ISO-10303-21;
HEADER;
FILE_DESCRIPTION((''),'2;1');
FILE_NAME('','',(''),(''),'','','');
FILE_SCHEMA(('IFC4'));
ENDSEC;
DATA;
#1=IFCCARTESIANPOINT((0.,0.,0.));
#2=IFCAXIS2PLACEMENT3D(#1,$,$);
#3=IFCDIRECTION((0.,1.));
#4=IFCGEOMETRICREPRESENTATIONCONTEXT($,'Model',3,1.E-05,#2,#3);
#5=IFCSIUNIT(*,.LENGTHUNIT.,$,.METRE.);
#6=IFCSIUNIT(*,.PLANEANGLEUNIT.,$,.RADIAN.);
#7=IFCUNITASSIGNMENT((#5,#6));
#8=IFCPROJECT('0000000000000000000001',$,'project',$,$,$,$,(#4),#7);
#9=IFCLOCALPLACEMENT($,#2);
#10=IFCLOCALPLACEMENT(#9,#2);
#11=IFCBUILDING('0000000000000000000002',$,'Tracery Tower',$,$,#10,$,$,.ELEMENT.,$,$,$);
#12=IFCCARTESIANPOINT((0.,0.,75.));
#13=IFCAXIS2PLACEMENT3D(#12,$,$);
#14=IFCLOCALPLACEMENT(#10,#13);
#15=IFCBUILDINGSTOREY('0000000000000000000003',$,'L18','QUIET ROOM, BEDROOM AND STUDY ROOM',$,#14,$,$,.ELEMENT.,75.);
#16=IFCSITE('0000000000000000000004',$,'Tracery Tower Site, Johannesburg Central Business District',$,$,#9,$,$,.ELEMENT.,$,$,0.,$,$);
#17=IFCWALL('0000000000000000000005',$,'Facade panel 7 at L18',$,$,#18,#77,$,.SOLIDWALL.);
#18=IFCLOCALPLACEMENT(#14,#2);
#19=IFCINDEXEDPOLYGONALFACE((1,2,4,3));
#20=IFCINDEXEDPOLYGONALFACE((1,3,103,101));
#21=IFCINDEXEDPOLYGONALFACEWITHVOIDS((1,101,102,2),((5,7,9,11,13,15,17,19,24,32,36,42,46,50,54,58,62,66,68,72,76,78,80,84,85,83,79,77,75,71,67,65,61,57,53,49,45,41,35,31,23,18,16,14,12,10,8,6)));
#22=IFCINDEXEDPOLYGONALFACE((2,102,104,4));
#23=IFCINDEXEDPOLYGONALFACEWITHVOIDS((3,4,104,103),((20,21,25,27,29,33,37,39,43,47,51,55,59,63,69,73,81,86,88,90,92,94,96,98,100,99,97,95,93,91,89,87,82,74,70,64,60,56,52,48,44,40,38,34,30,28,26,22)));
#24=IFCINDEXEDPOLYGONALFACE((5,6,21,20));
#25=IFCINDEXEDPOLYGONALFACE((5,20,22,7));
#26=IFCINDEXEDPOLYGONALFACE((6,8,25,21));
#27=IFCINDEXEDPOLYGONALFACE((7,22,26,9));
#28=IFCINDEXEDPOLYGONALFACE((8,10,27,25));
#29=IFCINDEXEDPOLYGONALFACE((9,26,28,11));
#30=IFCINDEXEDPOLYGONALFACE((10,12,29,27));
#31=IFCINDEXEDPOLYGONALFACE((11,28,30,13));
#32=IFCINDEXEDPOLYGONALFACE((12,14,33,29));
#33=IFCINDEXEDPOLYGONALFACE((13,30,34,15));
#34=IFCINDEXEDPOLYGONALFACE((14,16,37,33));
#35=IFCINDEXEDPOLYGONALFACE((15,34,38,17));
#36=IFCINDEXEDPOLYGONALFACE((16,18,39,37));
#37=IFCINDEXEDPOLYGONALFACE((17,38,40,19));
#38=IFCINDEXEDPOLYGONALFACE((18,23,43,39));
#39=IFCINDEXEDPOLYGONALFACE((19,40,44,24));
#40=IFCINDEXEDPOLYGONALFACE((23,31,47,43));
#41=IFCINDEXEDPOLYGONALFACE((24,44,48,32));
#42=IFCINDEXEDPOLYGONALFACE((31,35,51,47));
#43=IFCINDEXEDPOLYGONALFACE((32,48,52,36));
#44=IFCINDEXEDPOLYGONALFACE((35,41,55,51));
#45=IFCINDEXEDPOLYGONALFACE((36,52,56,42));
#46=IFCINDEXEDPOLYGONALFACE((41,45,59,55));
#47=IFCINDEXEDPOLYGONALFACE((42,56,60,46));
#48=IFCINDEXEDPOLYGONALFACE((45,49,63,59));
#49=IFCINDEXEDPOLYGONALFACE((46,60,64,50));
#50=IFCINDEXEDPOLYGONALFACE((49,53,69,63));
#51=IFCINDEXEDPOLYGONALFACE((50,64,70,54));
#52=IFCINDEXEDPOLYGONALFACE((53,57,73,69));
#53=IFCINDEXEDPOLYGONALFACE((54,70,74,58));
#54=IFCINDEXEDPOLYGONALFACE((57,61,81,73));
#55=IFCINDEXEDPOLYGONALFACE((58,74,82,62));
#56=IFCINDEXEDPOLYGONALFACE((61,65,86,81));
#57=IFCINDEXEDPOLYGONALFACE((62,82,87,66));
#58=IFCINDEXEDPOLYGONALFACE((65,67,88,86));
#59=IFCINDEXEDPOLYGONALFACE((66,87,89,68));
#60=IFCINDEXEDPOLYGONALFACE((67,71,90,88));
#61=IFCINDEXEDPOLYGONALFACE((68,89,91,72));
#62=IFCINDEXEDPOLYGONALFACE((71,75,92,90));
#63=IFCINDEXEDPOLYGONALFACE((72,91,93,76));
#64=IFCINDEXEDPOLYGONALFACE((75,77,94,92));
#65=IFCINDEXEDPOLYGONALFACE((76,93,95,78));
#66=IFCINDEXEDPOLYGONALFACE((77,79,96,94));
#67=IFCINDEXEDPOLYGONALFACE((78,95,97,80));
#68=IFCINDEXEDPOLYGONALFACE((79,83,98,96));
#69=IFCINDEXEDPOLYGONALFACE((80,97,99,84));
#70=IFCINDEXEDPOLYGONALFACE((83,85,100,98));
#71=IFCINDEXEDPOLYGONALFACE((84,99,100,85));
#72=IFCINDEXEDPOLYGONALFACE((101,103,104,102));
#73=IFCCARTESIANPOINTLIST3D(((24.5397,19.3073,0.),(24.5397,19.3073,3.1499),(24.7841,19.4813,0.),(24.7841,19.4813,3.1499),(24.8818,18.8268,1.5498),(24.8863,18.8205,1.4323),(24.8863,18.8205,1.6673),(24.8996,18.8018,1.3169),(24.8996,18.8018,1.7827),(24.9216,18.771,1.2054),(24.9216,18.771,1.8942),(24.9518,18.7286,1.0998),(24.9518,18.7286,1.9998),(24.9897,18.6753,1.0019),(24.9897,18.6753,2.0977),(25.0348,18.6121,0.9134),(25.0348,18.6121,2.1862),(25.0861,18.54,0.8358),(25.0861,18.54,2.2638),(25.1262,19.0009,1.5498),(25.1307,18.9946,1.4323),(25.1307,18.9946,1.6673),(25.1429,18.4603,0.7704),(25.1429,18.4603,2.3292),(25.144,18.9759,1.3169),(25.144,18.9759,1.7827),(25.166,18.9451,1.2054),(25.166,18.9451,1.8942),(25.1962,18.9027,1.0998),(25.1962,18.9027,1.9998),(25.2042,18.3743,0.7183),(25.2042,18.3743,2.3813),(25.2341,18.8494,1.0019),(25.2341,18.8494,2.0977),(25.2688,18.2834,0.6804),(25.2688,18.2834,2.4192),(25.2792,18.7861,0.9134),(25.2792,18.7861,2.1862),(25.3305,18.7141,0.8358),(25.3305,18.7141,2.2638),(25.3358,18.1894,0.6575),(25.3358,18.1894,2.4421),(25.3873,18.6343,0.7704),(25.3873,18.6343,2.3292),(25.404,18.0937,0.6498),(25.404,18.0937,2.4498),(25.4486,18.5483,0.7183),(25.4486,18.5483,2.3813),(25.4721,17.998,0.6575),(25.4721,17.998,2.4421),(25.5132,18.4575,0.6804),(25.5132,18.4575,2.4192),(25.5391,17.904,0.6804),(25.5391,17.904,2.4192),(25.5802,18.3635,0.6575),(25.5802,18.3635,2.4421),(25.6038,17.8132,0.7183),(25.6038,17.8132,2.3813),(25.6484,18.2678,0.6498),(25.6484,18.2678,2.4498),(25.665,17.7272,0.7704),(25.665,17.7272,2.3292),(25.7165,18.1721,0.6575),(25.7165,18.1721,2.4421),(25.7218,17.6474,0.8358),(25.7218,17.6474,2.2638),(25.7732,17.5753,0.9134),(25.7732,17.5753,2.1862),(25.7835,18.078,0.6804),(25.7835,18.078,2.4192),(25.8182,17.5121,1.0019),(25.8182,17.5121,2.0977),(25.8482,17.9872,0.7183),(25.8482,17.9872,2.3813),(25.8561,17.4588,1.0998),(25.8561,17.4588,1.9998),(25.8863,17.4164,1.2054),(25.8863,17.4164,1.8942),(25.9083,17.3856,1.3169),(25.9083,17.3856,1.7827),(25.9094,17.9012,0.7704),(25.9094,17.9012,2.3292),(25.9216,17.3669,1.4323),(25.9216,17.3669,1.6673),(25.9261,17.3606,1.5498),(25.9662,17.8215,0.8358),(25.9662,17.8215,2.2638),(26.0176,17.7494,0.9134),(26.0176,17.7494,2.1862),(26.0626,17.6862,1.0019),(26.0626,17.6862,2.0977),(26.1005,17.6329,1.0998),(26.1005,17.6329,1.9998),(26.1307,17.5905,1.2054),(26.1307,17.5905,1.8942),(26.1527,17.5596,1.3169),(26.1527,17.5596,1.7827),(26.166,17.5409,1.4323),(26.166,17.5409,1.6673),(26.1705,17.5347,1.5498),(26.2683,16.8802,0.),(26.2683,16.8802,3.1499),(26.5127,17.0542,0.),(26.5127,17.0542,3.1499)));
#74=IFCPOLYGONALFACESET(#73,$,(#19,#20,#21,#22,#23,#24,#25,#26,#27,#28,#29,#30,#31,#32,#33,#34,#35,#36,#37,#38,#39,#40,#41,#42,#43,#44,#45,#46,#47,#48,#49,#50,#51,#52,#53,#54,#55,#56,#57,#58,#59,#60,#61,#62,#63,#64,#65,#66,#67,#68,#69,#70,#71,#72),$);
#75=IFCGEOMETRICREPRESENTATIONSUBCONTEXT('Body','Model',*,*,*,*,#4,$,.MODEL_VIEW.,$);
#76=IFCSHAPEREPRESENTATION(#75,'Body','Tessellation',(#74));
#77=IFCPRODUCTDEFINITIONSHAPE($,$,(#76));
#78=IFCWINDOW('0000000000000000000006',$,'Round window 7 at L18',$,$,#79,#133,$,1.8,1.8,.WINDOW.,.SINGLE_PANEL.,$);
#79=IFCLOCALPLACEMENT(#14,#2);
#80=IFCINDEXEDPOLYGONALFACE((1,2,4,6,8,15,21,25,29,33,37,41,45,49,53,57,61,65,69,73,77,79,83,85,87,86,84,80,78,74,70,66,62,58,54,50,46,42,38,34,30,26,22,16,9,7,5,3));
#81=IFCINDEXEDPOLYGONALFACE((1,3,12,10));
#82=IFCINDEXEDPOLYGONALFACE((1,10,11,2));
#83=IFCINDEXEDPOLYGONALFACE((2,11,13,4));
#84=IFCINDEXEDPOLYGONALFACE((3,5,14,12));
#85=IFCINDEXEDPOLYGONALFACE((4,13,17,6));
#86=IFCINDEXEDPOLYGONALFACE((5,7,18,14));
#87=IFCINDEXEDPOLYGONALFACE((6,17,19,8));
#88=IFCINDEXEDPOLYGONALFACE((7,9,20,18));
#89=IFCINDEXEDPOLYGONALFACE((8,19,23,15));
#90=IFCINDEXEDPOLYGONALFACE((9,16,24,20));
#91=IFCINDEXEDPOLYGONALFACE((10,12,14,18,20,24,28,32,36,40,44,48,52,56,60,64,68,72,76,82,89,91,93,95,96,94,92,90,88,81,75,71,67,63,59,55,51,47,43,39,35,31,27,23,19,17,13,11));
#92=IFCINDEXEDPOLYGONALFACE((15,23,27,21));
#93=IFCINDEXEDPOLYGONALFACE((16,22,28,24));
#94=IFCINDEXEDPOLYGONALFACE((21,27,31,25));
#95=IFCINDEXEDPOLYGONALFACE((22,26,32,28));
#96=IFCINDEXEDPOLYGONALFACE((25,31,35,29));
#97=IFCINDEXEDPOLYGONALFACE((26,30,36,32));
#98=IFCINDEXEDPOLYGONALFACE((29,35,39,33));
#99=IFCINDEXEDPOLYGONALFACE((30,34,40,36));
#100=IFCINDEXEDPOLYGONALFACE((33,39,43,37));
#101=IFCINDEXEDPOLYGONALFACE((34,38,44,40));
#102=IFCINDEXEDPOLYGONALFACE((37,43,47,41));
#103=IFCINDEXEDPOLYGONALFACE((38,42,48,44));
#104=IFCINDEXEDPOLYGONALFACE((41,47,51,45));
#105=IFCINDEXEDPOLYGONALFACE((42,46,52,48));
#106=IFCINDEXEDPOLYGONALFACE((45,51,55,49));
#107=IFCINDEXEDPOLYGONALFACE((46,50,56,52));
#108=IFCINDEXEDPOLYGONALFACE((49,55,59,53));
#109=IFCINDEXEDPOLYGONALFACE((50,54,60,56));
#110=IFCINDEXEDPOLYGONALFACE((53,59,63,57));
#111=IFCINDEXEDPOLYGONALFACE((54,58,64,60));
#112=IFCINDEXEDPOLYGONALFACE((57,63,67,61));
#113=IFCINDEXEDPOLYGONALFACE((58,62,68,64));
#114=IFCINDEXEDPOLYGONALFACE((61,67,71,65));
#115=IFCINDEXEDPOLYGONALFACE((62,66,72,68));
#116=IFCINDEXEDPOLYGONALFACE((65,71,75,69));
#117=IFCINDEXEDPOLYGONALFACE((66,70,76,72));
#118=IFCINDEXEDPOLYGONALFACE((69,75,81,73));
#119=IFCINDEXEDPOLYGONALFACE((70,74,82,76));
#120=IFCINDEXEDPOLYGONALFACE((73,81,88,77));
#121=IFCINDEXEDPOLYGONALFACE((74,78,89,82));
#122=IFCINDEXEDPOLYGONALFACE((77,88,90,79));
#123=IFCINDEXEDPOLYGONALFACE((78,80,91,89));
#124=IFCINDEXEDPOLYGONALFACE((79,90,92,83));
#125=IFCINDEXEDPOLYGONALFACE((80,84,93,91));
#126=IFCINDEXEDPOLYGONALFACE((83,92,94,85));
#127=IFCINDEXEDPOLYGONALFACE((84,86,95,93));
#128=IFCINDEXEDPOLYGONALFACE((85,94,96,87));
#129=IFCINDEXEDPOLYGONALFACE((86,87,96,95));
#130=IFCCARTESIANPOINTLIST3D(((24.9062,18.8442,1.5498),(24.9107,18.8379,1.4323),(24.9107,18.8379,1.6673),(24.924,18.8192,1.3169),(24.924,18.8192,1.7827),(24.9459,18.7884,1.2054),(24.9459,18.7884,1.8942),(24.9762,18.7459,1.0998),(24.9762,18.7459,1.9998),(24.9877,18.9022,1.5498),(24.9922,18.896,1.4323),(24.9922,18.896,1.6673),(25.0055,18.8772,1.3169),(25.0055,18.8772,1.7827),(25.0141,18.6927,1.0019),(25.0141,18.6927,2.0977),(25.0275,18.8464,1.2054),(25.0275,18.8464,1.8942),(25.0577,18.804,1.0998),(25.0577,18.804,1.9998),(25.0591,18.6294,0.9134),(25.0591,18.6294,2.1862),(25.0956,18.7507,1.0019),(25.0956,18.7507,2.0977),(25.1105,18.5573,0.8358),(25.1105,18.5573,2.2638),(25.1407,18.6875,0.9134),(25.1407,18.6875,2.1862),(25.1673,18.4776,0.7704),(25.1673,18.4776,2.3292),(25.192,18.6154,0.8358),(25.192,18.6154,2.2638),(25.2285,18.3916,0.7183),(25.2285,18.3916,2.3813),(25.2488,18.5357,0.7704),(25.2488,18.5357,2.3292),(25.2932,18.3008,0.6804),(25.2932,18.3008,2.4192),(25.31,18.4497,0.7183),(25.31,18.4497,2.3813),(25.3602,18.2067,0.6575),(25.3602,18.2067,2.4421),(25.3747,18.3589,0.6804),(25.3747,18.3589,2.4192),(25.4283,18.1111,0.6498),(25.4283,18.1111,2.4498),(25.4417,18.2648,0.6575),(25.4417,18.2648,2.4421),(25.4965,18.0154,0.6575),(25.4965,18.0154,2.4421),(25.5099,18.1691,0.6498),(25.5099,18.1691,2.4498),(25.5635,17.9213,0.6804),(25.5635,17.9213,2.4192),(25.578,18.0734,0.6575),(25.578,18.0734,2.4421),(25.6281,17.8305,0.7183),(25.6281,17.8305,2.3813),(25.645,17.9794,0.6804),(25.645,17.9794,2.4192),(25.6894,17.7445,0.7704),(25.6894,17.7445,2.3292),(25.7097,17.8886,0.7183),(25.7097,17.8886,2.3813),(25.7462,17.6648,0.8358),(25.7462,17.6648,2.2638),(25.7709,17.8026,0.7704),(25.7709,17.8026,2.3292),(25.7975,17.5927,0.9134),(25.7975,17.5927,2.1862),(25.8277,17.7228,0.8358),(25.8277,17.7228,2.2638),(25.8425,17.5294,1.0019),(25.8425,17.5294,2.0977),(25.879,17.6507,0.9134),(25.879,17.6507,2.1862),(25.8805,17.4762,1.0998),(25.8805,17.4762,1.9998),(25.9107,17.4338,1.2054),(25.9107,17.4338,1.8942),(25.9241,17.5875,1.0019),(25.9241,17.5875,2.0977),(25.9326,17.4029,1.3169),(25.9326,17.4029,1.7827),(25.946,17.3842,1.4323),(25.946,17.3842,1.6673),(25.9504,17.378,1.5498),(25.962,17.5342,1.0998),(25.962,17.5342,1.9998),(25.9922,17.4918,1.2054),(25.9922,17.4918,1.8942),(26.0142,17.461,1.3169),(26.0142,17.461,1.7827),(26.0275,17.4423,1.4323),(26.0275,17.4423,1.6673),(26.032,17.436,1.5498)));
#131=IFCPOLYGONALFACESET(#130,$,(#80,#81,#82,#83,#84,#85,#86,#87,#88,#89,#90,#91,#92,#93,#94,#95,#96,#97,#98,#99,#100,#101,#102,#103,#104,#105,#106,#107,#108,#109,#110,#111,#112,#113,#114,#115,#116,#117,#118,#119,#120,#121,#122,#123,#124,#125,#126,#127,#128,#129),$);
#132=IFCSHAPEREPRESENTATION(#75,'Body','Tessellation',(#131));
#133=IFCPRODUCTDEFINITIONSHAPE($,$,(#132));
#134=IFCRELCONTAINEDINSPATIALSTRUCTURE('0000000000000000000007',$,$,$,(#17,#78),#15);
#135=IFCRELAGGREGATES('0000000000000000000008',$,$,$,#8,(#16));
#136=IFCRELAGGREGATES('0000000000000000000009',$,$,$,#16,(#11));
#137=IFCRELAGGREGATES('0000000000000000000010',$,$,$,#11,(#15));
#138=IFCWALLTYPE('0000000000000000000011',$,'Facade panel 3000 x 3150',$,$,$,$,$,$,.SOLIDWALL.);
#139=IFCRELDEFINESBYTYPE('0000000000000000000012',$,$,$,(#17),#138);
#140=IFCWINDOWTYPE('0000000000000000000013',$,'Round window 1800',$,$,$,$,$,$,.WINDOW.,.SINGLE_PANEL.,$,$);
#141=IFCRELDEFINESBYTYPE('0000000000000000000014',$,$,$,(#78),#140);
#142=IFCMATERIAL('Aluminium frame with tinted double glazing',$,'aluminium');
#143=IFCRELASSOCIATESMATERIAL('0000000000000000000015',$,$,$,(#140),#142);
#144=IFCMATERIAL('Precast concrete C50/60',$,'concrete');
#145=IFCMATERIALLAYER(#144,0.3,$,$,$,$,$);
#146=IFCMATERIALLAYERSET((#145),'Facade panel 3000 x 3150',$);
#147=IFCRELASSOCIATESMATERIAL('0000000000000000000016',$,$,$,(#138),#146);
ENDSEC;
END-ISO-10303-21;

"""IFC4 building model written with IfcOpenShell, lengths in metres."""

from ifc_helpers import new_model, si_unit, direction, frame, frame_2d, origin, origin_2d, place, context, subcontext, project, spatial, rectangle, circle, extrude, material, layer, layer_set, type_object, element, fill, save


model = new_model("IFC4")

# Units and contexts
model_context = context("Model", 3, precision=1e-05, world=origin(), true_north=direction((0.0, 1.0)))
body_context = subcontext(model_context, "Body", "Model", "MODEL_VIEW")
ifc_project = project(units=[si_unit("LENGTHUNIT", "METRE"), si_unit("PLANEANGLEUNIT", "RADIAN")], contexts=[model_context])

# Site, building, storey
site_placement = place(None, origin())
site = spatial("IfcSite", under=ifc_project, at=site_placement, Name="Tracery Tower Site, Johannesburg Central Business District", CompositionType="ELEMENT", RefElevation=0.0)
building_placement = place(site_placement, origin())
building = spatial("IfcBuilding", under=site, at=building_placement, Name="Tracery Tower", CompositionType="ELEMENT")
storey_placement = place(building_placement, frame((0.0, 0.0, 75.0)))
storey = spatial("IfcBuildingStorey", under=building, at=storey_placement, Name="L18", Description="QUIET ROOM, BEDROOM AND STUDY ROOM", CompositionType="ELEMENT", Elevation=75.0)

# Wall, opening, window
ifc_material_1 = material(Name="Aluminium frame with tinted double glazing", Category="aluminium")
window_type = type_object("IfcWindowType", Name="Round window 1800", PartitioningType="SINGLE_PANEL", PredefinedType="WINDOW", material=ifc_material_1)
ifc_material_2 = material(Name="Precast concrete C50/60", Category="concrete")
ifc_layer_1 = layer(ifc_material_2, 0.3)
ifc_layer_set_1 = layer_set([ifc_layer_1], Name="Facade panel 3000 x 3150")
wall_type_1 = type_object("IfcWallType", Name="Facade panel 3000 x 3150", PredefinedType="SOLIDWALL", material=ifc_layer_set_1)
wall_1_placement = place(storey_placement, frame((26.3904, 16.9673, 0.0), z_axis=(0.0, 0.0, 1.0), x_axis=(-0.580114, 0.814535, 0.0)))
wall_1 = element("IfcWall", 1, at=wall_1_placement, inside=storey, type_object=wall_type_1, Name="Facade panel 7 at L18", PredefinedType="SOLIDWALL", context=body_context, shape_type="SweptSolid", body=[
    extrude(rectangle(XDim=2.9797, YDim=0.3, at=frame_2d((1.4897, 0.0))), origin(), (0.0, 0.0, 1.0), 3.1499),
])
opening_1_placement = place(wall_1_placement, frame((1.4897, 0.0, 1.5498)))
opening_1 = element("IfcOpeningElement", 2, at=opening_1_placement, cuts=wall_1, PredefinedType="OPENING", context=body_context, shape_type="SweptSolid", body=[
    extrude(circle(Radius=0.9, at=origin_2d()), frame((0.0, 0.1599, 0.0), z_axis=(0.0, -1.0, 0.0), x_axis=(1.0, 0.0, 0.0)), (0.0, 0.0, 1.0), 0.3201),
])
window_1_placement = place(opening_1_placement, origin())
window_1 = element("IfcWindow", 3, at=window_1_placement, inside=storey, type_object=window_type, Name="Round window 7 at L18", OverallHeight=1.8, OverallWidth=1.8, PartitioningType="SINGLE_PANEL", PredefinedType="WINDOW", context=body_context, shape_type="SweptSolid", body=[
    extrude(circle(Radius=0.9, at=origin_2d()), frame((0.0, 0.1201, 0.0), z_axis=(0.0, -1.0, 0.0), x_axis=(1.0, 0.0, 0.0)), (0.0, 0.0, 1.0), 0.1001),
])
fill(opening_1, window_1)

save(model, "model.ifc")
